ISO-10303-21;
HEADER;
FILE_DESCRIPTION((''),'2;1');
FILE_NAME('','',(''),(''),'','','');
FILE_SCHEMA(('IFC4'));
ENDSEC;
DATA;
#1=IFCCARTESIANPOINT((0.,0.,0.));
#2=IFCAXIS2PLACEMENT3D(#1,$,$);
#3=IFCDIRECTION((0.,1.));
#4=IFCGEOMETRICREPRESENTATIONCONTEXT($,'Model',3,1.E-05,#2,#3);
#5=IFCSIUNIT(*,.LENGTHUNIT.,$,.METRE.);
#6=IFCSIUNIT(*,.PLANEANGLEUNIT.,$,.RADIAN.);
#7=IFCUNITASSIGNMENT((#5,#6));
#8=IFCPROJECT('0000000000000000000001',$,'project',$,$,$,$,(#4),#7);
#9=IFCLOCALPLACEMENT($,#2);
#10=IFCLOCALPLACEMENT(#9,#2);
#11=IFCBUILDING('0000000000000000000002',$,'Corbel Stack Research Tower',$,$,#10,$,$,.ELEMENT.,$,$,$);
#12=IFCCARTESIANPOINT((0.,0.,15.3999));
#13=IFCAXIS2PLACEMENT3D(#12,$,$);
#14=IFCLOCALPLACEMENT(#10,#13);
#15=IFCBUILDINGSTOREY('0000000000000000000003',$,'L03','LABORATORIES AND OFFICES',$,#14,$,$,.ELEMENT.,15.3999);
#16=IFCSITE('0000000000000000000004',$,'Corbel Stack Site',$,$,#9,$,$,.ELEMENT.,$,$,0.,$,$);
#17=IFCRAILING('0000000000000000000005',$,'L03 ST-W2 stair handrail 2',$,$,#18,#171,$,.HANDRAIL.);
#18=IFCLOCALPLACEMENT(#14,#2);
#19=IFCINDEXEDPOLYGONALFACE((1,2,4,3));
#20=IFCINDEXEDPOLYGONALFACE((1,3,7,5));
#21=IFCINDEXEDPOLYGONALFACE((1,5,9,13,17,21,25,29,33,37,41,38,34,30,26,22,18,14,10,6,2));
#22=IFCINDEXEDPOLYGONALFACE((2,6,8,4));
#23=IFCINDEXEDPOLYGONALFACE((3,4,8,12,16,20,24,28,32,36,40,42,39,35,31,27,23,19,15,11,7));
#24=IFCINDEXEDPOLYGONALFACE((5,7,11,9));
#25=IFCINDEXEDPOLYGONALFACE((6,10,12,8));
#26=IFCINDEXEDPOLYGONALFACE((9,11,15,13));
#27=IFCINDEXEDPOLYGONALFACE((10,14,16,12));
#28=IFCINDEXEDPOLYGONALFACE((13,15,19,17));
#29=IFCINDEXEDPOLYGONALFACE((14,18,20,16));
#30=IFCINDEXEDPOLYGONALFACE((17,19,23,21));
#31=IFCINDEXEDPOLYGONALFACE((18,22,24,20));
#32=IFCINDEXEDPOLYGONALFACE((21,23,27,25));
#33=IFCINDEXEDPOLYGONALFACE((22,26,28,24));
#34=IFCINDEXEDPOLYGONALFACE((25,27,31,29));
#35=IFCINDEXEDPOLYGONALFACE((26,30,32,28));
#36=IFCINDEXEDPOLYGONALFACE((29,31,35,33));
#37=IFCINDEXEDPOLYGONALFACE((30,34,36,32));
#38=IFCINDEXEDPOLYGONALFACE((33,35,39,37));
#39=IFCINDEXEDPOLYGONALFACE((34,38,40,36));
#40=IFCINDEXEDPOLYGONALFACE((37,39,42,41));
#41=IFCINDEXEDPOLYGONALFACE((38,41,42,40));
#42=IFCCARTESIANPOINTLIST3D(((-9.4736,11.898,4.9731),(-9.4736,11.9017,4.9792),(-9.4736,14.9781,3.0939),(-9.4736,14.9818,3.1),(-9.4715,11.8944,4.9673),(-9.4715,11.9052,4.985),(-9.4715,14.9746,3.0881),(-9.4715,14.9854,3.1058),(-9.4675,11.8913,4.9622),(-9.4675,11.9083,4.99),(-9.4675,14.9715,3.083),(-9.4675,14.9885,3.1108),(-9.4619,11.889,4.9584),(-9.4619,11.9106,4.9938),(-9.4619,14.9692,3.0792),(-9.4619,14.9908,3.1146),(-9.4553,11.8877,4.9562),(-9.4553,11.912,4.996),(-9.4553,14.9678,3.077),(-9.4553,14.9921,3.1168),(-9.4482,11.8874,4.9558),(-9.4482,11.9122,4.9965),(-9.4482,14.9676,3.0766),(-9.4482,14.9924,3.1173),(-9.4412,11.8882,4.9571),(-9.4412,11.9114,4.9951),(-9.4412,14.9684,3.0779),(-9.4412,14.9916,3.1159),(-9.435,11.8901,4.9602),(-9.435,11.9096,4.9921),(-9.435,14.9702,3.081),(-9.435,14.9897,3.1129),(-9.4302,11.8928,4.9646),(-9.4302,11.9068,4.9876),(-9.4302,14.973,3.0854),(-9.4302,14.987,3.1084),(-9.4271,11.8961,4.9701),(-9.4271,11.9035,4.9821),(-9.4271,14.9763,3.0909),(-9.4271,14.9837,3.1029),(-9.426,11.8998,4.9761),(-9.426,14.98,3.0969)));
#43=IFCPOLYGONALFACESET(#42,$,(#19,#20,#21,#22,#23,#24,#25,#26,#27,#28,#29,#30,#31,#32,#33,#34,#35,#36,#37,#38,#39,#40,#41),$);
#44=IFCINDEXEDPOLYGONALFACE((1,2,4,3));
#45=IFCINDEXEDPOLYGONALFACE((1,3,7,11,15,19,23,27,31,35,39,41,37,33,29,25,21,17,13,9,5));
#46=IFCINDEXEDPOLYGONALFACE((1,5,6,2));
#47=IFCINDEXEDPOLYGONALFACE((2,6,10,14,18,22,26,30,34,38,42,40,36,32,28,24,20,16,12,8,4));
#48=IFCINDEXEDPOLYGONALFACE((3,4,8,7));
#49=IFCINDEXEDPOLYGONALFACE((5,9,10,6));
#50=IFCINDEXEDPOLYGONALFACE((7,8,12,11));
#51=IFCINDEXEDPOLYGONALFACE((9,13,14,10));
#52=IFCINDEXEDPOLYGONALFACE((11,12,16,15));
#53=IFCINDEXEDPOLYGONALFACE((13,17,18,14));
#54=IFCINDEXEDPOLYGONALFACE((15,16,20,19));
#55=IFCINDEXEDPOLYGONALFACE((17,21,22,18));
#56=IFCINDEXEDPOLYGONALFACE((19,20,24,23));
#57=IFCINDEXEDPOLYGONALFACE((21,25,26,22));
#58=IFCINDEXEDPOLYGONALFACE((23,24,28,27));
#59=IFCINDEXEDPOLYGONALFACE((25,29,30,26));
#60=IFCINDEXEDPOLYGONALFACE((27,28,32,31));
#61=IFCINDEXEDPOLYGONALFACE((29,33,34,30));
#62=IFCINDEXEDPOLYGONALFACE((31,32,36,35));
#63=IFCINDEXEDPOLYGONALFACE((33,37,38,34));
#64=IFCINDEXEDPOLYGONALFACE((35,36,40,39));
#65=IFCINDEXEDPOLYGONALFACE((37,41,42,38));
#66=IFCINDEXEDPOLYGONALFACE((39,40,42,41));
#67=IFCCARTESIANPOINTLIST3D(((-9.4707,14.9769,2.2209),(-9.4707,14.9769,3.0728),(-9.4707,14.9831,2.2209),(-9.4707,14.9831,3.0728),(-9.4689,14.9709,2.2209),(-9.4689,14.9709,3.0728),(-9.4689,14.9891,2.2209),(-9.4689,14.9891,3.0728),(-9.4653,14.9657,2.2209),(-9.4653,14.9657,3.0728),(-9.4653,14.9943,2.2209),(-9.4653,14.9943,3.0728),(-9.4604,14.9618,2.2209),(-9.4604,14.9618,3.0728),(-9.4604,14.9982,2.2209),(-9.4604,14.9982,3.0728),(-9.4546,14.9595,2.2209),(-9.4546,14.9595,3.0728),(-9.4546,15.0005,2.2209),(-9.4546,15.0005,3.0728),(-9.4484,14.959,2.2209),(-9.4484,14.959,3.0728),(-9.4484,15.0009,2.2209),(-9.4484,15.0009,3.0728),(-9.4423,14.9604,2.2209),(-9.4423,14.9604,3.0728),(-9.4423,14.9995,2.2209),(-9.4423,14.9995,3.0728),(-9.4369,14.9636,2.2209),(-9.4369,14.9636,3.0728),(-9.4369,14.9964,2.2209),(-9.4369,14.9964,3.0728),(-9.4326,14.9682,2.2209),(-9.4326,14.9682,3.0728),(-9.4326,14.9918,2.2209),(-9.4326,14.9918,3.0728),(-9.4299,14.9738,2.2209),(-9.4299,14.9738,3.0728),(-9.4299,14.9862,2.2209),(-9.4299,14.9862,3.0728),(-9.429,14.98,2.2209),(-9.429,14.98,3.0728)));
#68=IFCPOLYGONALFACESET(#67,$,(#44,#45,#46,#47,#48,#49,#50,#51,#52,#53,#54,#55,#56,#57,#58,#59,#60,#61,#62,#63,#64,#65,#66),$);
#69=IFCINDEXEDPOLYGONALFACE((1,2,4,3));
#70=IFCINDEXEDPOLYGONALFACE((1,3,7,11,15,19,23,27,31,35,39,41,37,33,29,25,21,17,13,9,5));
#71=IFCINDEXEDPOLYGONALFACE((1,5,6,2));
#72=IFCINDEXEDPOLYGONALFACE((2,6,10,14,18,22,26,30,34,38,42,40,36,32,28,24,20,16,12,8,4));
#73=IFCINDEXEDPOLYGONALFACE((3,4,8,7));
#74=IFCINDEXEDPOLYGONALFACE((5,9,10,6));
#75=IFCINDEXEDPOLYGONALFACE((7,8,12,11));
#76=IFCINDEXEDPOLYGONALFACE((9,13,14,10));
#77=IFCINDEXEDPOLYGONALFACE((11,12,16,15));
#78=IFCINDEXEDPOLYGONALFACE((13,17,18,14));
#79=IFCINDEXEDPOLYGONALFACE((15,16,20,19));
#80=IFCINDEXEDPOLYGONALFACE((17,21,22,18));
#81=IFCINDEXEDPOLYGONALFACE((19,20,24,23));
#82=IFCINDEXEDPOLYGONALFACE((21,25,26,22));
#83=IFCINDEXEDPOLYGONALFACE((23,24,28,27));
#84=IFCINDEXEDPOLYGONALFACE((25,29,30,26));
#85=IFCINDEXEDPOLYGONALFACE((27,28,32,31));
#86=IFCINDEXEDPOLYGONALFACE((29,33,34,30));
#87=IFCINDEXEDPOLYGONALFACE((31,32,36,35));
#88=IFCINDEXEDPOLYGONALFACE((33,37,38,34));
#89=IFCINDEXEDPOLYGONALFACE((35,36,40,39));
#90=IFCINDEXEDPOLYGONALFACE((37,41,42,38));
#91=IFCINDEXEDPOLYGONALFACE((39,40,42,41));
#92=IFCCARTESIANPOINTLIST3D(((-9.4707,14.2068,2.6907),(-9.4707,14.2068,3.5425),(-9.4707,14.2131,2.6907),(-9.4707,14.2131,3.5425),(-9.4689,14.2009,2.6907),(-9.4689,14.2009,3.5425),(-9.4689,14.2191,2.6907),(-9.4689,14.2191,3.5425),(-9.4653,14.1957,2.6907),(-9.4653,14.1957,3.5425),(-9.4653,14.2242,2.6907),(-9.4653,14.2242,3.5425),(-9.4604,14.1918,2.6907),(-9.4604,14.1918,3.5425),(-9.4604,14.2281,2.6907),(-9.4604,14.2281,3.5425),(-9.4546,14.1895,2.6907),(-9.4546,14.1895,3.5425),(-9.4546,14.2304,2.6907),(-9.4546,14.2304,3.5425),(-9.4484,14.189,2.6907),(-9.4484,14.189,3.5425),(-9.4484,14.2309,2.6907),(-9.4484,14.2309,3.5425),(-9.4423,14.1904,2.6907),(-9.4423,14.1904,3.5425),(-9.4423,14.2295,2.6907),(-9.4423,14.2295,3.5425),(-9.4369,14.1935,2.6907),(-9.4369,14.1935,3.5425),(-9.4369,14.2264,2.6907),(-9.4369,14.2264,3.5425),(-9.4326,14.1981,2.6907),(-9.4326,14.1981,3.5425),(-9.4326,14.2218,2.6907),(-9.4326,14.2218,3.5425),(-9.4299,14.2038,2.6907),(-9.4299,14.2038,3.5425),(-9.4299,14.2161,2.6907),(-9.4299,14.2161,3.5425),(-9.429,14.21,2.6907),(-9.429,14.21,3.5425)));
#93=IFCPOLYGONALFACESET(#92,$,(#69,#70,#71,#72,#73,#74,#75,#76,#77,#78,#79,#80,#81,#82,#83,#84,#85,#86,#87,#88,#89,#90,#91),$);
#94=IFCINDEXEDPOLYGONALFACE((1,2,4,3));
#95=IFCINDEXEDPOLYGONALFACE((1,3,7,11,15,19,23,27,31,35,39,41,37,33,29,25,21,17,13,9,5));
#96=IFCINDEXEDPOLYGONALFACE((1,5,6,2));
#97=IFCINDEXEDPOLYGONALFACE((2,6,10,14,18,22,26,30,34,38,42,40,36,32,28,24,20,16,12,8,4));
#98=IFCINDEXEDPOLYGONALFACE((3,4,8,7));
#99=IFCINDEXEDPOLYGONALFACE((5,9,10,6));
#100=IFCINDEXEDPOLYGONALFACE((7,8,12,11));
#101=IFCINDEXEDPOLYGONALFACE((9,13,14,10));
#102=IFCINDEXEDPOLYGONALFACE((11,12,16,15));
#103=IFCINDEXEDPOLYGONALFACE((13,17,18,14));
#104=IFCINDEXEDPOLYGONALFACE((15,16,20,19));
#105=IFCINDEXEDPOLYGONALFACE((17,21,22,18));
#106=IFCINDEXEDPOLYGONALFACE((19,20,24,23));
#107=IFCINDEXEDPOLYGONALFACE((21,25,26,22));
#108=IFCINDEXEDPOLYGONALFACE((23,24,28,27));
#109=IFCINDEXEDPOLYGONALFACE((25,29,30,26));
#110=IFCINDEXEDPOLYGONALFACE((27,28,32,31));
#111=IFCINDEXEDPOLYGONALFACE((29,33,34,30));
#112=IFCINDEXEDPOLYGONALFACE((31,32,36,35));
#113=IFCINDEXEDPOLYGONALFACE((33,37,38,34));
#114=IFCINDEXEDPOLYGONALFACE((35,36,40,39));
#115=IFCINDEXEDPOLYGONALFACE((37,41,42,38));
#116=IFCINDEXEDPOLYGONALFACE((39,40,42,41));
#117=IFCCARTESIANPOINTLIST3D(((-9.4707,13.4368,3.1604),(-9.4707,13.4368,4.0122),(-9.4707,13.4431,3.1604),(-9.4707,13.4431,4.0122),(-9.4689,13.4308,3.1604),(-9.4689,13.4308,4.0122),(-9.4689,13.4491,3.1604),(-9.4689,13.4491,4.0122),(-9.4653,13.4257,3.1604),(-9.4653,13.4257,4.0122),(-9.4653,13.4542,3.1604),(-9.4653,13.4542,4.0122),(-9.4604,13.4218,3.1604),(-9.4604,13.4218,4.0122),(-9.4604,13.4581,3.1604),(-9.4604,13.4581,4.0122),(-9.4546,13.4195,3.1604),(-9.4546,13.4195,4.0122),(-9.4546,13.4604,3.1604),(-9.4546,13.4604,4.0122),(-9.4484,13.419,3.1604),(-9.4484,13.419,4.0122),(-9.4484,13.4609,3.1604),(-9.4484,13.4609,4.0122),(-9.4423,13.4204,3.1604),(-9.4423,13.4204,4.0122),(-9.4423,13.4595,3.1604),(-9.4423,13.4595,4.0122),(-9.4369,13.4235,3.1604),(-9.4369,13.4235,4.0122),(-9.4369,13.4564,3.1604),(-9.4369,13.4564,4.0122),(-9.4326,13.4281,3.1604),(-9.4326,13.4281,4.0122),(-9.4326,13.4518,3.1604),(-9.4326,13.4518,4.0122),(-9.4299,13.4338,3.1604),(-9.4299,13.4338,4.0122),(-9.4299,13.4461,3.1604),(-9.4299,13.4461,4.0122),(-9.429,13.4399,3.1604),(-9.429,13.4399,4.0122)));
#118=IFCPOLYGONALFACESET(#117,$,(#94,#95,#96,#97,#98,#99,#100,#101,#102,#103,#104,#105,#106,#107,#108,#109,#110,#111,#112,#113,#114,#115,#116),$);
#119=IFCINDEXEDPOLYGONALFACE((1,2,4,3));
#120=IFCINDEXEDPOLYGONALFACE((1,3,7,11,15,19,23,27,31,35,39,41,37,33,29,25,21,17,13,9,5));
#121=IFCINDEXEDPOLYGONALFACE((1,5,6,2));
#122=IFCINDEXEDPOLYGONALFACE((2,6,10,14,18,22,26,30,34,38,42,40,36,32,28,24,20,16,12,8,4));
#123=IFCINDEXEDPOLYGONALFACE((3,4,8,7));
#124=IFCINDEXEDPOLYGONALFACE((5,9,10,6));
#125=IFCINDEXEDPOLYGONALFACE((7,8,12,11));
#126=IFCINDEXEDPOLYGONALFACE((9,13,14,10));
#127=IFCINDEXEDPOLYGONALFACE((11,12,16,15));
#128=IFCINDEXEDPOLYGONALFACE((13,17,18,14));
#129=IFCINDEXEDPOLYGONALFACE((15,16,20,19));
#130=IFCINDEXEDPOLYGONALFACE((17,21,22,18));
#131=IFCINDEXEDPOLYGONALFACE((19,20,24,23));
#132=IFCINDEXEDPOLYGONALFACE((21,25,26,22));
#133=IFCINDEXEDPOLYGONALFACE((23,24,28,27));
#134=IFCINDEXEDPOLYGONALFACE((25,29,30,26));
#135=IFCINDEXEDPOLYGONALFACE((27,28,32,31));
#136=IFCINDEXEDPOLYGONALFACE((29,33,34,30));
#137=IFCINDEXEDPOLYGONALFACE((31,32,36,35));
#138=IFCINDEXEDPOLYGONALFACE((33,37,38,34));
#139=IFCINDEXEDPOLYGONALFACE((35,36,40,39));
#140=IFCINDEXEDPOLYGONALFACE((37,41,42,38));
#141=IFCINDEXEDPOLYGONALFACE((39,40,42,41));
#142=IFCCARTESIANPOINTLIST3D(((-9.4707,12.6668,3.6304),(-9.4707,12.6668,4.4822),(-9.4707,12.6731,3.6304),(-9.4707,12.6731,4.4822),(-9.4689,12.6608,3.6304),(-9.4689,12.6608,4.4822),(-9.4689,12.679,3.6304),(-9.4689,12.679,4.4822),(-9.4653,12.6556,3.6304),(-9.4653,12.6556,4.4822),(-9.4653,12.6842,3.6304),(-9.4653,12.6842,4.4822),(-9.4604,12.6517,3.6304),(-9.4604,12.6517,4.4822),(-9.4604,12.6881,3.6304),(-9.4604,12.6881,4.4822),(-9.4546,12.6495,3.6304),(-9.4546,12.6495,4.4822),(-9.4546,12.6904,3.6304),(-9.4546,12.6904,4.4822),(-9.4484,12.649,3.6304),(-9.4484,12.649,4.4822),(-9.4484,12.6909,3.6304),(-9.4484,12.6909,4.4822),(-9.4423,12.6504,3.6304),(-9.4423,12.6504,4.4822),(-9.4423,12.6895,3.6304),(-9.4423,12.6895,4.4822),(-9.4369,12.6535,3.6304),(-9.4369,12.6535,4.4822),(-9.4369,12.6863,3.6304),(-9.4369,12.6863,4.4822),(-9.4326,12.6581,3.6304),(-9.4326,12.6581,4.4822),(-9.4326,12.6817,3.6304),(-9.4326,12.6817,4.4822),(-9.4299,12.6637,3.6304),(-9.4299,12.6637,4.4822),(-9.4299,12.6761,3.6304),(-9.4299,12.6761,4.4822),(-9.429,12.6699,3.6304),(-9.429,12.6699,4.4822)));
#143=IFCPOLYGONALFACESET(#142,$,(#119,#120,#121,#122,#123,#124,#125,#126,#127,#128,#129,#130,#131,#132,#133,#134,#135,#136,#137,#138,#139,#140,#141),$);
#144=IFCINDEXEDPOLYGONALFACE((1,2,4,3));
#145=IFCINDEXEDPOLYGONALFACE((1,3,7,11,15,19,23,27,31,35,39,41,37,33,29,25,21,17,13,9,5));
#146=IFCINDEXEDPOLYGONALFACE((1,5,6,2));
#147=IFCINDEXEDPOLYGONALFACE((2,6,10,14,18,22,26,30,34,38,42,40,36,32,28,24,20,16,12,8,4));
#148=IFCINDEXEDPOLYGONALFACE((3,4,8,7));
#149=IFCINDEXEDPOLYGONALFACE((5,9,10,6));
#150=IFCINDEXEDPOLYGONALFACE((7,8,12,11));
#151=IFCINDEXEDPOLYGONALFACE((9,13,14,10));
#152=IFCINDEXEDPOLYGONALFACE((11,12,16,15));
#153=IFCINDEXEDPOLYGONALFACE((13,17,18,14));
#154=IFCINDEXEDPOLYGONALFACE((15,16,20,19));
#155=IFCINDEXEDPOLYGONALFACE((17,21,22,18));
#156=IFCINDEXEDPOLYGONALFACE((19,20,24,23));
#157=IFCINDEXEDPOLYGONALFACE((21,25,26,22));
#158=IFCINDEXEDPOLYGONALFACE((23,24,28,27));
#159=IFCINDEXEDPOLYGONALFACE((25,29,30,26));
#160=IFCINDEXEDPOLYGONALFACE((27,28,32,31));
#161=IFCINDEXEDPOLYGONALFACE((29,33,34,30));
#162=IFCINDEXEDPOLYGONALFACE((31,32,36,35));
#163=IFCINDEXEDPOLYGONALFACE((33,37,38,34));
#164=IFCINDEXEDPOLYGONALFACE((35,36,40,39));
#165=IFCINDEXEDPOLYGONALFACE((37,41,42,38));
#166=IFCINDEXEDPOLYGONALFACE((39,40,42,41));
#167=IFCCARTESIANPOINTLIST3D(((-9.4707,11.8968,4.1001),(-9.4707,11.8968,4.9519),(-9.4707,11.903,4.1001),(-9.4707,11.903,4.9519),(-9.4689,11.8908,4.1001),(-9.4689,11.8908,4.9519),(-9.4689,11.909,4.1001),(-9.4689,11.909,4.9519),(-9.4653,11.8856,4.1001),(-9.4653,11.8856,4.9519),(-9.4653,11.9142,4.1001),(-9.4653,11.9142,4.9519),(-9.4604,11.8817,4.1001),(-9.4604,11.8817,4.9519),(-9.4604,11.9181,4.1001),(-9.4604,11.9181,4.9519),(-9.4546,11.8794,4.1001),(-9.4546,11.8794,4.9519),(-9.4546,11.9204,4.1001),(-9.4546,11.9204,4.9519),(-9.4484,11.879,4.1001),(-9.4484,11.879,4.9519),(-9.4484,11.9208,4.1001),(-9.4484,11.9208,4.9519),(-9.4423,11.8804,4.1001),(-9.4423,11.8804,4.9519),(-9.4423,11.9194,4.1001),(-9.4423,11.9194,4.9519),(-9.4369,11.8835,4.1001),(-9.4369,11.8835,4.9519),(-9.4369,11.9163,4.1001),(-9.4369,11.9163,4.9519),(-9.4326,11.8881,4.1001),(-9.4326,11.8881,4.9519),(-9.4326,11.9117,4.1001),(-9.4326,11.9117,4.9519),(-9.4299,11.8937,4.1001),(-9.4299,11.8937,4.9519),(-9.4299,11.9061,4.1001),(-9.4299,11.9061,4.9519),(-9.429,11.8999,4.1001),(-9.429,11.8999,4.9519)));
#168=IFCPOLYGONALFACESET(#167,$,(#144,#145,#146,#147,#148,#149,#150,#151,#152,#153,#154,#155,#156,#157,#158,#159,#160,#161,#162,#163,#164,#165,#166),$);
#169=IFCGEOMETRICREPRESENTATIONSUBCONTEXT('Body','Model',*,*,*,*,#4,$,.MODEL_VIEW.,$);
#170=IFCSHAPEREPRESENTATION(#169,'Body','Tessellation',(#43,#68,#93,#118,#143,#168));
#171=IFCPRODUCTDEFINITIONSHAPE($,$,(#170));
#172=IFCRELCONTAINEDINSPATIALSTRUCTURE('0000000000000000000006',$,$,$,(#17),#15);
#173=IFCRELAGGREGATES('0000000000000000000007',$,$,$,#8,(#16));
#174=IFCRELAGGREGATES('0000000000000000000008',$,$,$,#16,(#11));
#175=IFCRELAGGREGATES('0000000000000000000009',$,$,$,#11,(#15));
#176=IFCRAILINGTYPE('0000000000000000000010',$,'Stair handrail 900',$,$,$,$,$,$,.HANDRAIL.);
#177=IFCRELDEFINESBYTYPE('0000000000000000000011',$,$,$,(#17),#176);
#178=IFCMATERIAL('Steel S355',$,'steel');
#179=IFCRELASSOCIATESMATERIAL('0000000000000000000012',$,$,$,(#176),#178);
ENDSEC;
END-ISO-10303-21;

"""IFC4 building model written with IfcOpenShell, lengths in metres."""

from ifc_helpers import new_model, si_unit, direction, frame, origin, origin_2d, place, context, subcontext, project, spatial, circle, extrude, material, type_object, element, save


model = new_model("IFC4")

# Units and contexts
model_context = context("Model", 3, precision=1e-05, world=origin(), true_north=direction((0.0, 1.0)))
body_context = subcontext(model_context, "Body", "Model", "MODEL_VIEW")
ifc_project = project(units=[si_unit("LENGTHUNIT", "METRE"), si_unit("PLANEANGLEUNIT", "RADIAN")], contexts=[model_context])

# Site, building, storey
site_placement = place(None, origin())
site = spatial("IfcSite", under=ifc_project, at=site_placement, Name="Corbel Stack Site", CompositionType="ELEMENT", RefElevation=0.0)
building_placement = place(site_placement, origin())
building = spatial("IfcBuilding", under=site, at=building_placement, Name="Corbel Stack Research Tower", CompositionType="ELEMENT")
storey_placement = place(building_placement, frame((0.0, 0.0, 15.3999)))
storey = spatial("IfcBuildingStorey", under=building, at=storey_placement, Name="L03", Description="LABORATORIES AND OFFICES", CompositionType="ELEMENT", Elevation=15.3999)

# Railing
ifc_material_1 = material(Name="Steel S355", Category="steel")
railing_type_1 = type_object("IfcRailingType", Name="Stair handrail 900", PredefinedType="HANDRAIL", material=ifc_material_1)
railing_1_placement = place(storey_placement, frame((-9.45, 14.98, 2.2209)))
element("IfcRailing", 1, at=railing_1_placement, inside=storey, type_object=railing_type_1, Name="L03 ST-W2 stair handrail 2", PredefinedType="HANDRAIL", context=body_context, shape_type="SweptSolid", body=[
    extrude(circle(Radius=0.0239, at=origin_2d()), frame((0.0, 0.0, 0.876), z_axis=(0.0, -0.853666, 0.52082), x_axis=(1.0, 0.0, 0.0)), (0.0, 0.0, 1.0), 3.6082),
    extrude(circle(Radius=0.021, at=origin_2d()), origin(), (0.0, 0.0, 1.0), 0.8518),
    extrude(circle(Radius=0.021, at=origin_2d()), frame((0.0, -0.77, 0.4697)), (0.0, 0.0, 1.0), 0.8518),
    extrude(circle(Radius=0.021, at=origin_2d()), frame((0.0, -1.54, 0.9395)), (0.0, 0.0, 1.0), 0.8518),
    extrude(circle(Radius=0.021, at=origin_2d()), frame((0.0, -2.3101, 1.4094)), (0.0, 0.0, 1.0), 0.8518),
    extrude(circle(Radius=0.021, at=origin_2d()), frame((0.0, -3.0801, 1.8792)), (0.0, 0.0, 1.0), 0.8518),
])

save(model, "model.ifc")
